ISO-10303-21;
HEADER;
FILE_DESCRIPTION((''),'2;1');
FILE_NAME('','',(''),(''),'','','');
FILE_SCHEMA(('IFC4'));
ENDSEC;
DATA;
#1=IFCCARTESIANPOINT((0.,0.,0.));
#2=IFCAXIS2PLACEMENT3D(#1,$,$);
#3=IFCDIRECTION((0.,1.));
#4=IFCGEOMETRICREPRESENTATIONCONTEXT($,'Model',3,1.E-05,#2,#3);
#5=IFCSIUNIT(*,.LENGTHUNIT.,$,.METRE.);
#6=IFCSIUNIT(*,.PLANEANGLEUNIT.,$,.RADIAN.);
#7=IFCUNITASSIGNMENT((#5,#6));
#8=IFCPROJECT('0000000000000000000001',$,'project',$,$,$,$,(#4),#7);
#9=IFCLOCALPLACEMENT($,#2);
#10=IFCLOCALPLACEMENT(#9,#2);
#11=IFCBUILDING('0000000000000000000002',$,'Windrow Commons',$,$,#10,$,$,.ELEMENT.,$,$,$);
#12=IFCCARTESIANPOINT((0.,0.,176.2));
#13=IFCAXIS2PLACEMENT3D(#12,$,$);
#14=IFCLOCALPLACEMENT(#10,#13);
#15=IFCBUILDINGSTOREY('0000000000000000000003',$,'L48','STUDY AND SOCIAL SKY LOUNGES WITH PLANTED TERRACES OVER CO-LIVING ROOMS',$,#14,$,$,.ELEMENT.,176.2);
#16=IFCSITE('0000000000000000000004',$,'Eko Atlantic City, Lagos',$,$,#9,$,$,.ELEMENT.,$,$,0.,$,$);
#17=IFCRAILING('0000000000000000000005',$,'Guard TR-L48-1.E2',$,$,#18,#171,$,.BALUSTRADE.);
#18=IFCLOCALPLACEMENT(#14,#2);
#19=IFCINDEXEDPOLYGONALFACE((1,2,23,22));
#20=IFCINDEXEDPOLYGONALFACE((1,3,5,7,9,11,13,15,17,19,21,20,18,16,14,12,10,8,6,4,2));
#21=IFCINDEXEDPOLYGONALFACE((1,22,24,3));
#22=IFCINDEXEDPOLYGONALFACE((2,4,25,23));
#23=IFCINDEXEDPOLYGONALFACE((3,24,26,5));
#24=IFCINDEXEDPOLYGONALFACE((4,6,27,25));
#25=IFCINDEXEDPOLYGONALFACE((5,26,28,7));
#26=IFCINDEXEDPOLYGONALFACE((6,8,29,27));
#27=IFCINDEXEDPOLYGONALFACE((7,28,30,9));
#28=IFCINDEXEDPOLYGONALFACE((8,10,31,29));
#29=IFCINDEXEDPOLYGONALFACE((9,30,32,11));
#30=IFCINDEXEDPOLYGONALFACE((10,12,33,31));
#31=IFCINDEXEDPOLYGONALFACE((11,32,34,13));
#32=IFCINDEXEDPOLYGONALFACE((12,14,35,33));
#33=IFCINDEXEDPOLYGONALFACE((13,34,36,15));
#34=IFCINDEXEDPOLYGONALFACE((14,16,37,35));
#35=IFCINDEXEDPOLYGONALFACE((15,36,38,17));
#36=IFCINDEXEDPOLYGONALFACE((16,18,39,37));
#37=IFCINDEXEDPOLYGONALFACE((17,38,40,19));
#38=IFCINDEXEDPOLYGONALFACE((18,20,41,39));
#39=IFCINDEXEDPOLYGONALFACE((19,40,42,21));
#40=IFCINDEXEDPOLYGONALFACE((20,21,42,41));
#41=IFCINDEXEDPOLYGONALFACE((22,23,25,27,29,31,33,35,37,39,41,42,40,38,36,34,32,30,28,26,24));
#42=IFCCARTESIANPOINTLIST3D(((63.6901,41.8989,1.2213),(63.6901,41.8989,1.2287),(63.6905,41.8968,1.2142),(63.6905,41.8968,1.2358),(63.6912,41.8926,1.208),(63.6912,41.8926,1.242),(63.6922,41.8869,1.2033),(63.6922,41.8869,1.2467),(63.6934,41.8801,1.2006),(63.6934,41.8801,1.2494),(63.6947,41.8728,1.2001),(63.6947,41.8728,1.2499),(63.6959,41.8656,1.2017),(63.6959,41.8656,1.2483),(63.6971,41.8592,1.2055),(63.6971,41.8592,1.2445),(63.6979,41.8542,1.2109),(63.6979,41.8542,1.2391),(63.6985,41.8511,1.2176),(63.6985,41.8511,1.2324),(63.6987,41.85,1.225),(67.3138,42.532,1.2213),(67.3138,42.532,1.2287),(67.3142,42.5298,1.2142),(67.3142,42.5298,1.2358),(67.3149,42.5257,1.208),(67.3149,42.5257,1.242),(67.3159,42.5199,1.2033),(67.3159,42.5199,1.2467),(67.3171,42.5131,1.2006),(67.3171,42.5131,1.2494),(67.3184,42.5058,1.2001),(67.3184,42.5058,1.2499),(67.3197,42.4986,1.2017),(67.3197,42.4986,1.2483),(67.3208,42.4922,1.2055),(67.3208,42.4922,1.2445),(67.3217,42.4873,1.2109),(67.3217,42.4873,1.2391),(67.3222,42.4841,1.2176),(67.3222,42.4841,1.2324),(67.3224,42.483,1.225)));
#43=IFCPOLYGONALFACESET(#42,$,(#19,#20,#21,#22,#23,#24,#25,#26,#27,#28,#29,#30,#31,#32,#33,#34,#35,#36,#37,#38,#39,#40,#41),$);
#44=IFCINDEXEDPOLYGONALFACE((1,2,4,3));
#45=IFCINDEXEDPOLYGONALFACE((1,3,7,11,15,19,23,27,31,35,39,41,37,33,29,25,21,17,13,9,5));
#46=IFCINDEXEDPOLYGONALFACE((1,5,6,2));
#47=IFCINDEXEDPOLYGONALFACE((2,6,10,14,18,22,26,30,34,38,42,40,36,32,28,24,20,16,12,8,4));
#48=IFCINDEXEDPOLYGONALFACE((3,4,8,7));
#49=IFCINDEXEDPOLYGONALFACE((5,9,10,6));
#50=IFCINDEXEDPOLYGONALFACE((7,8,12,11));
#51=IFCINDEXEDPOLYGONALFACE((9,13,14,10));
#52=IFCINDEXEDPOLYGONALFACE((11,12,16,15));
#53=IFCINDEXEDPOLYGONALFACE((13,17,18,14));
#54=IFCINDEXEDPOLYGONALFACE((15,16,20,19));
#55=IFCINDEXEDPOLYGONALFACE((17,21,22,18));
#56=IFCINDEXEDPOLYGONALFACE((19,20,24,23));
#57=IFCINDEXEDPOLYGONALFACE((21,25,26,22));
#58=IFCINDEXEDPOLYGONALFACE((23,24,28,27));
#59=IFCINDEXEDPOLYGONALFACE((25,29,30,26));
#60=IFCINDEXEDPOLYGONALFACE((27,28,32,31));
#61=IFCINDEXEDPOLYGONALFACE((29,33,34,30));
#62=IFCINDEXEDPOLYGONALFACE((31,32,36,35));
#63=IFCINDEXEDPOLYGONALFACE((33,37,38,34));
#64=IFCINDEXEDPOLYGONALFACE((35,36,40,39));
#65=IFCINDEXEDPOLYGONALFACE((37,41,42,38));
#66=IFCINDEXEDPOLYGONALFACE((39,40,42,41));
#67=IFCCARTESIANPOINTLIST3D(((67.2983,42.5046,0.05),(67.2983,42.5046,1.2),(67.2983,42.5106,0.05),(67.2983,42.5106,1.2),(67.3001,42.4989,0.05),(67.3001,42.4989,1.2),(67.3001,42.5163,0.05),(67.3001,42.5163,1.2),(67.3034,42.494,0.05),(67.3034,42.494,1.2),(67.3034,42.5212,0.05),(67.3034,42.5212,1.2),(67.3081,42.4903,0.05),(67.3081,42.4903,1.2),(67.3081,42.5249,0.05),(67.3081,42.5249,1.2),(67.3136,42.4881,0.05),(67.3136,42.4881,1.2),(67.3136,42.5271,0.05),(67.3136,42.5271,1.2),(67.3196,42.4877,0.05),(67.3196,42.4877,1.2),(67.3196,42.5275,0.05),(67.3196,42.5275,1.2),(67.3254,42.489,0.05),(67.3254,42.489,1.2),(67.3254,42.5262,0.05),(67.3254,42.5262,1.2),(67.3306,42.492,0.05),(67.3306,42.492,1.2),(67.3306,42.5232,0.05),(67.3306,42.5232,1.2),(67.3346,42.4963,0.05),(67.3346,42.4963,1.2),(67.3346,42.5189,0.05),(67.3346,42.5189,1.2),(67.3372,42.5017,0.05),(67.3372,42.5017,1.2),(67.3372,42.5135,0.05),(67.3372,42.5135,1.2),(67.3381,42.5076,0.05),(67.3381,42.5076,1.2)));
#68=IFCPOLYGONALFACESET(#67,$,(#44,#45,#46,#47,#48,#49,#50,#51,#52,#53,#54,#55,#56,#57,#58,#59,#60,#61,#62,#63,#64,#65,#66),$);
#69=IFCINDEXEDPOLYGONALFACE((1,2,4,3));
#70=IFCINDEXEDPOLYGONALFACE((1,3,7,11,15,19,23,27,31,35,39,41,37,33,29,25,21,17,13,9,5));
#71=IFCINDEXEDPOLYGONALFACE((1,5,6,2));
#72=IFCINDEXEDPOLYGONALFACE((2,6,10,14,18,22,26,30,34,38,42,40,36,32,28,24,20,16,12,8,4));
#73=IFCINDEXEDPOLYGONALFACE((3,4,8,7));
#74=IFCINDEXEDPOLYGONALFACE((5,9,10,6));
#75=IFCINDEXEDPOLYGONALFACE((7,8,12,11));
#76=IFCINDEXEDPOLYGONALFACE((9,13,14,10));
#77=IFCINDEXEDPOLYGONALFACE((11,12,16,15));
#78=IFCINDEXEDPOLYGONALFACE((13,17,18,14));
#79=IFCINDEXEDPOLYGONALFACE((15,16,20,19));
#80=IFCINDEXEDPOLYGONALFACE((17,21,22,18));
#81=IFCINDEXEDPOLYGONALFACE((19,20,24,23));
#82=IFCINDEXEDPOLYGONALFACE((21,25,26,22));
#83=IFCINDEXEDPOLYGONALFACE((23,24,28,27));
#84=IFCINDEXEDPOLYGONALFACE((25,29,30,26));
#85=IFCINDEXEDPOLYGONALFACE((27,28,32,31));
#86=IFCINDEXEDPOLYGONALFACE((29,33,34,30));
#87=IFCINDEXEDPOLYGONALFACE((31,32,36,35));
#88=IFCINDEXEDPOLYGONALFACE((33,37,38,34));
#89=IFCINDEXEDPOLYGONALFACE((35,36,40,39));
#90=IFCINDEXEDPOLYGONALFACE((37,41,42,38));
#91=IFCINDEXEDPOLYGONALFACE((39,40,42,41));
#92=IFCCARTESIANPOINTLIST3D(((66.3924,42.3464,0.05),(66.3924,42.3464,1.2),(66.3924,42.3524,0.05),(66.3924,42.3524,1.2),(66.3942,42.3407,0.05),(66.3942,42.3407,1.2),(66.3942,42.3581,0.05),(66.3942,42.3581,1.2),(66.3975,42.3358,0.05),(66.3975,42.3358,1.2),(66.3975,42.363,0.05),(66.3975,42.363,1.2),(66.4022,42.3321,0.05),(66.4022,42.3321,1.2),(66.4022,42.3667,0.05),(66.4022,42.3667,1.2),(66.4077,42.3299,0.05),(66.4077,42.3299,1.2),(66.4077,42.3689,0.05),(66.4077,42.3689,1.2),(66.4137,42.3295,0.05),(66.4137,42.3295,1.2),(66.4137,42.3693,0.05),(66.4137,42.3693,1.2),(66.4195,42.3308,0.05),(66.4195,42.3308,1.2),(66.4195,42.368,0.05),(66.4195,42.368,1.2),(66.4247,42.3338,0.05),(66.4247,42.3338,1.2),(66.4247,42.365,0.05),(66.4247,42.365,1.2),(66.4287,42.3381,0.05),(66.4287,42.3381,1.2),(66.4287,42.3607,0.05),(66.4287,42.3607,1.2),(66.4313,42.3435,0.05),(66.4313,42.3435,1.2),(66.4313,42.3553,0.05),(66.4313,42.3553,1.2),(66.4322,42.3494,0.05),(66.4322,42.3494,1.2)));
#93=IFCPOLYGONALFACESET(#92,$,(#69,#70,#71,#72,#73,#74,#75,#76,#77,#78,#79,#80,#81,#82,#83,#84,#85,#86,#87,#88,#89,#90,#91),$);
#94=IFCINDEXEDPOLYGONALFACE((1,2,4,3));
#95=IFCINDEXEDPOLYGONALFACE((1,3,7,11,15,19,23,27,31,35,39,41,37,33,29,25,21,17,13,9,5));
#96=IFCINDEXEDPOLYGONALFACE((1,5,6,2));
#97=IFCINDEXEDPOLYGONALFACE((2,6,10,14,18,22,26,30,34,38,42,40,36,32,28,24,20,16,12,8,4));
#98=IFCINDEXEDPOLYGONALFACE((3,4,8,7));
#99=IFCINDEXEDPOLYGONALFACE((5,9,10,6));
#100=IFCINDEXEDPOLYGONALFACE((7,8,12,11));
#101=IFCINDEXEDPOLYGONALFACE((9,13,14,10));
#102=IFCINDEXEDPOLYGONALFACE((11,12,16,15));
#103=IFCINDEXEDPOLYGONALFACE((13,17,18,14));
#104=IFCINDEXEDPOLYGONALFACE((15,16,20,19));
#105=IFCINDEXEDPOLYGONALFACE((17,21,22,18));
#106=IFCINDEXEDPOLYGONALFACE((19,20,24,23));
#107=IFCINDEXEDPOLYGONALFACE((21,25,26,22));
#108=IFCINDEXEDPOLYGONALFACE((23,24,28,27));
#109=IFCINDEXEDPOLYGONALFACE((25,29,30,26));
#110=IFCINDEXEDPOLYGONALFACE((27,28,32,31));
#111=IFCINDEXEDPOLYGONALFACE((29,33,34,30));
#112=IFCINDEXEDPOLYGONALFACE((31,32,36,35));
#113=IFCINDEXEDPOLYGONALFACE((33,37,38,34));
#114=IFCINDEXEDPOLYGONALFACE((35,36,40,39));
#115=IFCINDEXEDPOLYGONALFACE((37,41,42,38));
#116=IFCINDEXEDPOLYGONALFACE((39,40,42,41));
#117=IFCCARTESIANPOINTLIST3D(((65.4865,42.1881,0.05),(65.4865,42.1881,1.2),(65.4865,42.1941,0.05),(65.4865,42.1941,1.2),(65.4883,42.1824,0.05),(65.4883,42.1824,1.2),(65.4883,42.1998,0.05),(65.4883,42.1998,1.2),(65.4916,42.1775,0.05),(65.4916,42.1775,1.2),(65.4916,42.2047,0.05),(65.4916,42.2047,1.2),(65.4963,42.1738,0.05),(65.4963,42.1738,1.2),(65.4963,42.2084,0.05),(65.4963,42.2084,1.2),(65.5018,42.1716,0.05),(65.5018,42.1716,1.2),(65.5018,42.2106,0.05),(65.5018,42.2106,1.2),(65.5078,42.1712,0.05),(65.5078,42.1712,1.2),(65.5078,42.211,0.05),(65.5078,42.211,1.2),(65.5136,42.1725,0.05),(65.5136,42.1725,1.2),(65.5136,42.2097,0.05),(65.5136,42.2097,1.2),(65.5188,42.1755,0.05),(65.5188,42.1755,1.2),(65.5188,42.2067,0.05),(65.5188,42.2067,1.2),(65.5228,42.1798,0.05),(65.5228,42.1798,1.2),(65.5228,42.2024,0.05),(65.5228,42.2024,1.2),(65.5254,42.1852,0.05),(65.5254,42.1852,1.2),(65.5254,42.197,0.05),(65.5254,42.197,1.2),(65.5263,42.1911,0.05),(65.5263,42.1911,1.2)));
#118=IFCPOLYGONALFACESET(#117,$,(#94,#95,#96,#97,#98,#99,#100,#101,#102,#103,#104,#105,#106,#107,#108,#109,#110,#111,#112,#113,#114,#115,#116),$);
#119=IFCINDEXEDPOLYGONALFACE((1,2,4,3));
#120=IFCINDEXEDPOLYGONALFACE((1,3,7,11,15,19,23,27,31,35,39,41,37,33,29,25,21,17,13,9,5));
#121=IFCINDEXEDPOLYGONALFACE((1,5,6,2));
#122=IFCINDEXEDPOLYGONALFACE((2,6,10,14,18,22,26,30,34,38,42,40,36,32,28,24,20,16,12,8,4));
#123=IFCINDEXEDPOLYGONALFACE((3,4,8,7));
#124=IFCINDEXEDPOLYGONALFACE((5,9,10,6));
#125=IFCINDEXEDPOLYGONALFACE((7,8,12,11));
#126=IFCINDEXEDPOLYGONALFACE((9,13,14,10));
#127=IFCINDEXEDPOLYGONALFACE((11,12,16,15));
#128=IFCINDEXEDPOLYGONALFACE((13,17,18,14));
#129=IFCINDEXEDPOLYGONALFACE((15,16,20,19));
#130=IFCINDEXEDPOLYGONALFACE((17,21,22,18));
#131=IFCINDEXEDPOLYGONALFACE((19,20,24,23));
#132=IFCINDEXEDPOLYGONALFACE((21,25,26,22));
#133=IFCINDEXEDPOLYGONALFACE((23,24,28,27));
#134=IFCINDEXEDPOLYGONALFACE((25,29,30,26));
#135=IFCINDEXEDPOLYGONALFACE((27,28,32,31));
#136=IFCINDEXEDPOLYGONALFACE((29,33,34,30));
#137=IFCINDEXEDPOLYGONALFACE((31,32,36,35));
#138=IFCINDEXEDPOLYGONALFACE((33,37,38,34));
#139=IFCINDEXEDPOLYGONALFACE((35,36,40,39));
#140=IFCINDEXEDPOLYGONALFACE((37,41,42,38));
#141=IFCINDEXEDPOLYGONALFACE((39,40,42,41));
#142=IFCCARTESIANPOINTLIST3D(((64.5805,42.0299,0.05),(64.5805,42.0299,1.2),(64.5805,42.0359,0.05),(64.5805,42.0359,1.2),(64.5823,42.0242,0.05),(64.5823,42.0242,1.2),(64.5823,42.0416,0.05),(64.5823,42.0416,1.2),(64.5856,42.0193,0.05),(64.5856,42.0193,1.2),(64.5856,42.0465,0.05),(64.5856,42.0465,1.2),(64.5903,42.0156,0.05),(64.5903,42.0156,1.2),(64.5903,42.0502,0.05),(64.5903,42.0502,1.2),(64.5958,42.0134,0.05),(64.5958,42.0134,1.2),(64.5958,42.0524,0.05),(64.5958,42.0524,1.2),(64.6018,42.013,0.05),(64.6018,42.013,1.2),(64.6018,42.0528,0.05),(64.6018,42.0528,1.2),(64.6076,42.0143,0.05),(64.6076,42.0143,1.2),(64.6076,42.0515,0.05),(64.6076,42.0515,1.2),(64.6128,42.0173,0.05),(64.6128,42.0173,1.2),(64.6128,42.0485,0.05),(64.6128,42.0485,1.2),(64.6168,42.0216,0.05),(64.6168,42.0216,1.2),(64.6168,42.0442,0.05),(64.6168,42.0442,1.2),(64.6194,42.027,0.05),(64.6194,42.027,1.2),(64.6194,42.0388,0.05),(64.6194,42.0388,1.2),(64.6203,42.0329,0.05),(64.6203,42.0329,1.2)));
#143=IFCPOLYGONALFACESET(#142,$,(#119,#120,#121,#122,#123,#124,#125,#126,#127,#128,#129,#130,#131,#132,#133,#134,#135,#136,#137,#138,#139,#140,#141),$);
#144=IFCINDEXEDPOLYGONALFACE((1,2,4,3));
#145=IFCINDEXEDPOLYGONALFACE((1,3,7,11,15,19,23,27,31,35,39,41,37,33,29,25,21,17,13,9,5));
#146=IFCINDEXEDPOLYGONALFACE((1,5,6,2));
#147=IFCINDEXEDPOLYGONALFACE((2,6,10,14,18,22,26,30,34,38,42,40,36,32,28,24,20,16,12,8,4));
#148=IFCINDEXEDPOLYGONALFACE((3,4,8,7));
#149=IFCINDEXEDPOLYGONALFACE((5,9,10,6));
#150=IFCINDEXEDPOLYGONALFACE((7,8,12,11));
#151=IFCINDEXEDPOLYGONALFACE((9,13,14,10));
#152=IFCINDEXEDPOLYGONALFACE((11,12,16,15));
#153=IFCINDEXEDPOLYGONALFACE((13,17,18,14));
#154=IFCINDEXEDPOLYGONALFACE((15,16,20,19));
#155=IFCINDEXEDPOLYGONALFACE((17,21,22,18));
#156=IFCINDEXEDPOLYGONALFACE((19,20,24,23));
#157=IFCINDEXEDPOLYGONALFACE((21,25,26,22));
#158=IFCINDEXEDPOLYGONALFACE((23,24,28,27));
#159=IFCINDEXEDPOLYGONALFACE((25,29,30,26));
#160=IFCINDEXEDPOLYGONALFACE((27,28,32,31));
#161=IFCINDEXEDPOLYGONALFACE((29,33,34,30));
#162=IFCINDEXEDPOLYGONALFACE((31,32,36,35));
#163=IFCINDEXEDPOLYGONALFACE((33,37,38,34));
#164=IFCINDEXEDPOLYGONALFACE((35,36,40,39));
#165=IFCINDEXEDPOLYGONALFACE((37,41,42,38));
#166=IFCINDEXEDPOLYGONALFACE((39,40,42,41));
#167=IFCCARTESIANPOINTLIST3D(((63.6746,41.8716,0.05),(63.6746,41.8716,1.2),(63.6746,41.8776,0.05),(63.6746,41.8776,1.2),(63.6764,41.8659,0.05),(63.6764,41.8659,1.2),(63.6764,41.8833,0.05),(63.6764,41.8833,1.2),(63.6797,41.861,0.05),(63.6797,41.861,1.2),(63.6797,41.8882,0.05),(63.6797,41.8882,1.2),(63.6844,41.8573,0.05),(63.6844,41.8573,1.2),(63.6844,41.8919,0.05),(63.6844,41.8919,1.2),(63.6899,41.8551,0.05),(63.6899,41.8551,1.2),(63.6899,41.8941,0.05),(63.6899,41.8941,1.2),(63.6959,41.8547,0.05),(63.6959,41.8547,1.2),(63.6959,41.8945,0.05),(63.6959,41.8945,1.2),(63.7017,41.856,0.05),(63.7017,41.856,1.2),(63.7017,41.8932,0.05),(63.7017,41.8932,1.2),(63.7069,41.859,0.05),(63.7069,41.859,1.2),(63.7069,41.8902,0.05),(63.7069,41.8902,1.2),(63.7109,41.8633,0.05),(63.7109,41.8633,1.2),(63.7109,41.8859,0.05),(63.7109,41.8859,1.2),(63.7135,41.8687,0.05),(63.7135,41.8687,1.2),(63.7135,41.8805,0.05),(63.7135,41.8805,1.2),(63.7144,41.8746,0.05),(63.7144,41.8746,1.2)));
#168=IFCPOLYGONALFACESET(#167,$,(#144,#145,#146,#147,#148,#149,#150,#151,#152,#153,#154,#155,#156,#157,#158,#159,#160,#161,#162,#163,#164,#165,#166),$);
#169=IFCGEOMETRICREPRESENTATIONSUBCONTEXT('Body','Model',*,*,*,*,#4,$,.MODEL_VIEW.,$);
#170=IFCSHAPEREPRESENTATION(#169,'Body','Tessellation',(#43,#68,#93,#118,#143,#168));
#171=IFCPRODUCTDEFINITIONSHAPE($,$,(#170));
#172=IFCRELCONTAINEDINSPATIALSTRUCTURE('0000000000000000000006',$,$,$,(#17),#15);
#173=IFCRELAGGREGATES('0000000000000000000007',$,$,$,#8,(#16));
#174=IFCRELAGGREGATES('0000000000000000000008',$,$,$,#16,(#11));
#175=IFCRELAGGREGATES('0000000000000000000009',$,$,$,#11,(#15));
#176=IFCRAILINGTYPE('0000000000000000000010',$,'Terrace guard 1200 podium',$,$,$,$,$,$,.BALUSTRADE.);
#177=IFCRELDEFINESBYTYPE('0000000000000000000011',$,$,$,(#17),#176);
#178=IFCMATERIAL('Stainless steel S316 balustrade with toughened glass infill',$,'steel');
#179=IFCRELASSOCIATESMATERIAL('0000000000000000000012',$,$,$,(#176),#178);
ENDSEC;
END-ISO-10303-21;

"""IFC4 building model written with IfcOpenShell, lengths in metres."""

from ifc_helpers import new_model, si_unit, direction, frame, origin, origin_2d, place, context, subcontext, project, spatial, circle, extrude, material, type_object, element, save


model = new_model("IFC4")

# Units and contexts
model_context = context("Model", 3, precision=1e-05, world=origin(), true_north=direction((0.0, 1.0)))
body_context = subcontext(model_context, "Body", "Model", "MODEL_VIEW")
ifc_project = project(units=[si_unit("LENGTHUNIT", "METRE"), si_unit("PLANEANGLEUNIT", "RADIAN")], contexts=[model_context])

# Site, building, storey
site_placement = place(None, origin())
site = spatial("IfcSite", under=ifc_project, at=site_placement, Name="Eko Atlantic City, Lagos", CompositionType="ELEMENT", RefElevation=0.0)
building_placement = place(site_placement, origin())
building = spatial("IfcBuilding", under=site, at=building_placement, Name="Windrow Commons", CompositionType="ELEMENT")
storey_placement = place(building_placement, frame((0.0, 0.0, 176.2)))
storey = spatial("IfcBuildingStorey", under=building, at=storey_placement, Name="L48", Description="STUDY AND SOCIAL SKY LOUNGES WITH PLANTED TERRACES OVER CO-LIVING ROOMS", CompositionType="ELEMENT", Elevation=176.2)

# Railing
ifc_material_1 = material(Name="Stainless steel S316 balustrade with toughened glass infill", Category="steel")
railing_type = type_object("IfcRailingType", Name="Terrace guard 1200 podium", PredefinedType="BALUSTRADE", material=ifc_material_1)
railing_1_placement = place(storey_placement, frame((67.3181, 42.5076, 0.05)))
element("IfcRailing", 1, at=railing_1_placement, inside=storey, type_object=railing_type, Name="Guard TR-L48-1.E2", PredefinedType="BALUSTRADE", context=body_context, shape_type="SweptSolid", body=[
    extrude(circle(Radius=0.025, at=origin_2d()), frame((0.0, 0.0, 1.175), z_axis=(-0.985083, -0.172078, 0.0), x_axis=(0.172078, -0.985083, 0.0)), (0.0, 0.0, 1.0), 3.6786),
    extrude(circle(Radius=0.02, at=origin_2d()), origin(), (0.0, 0.0, 1.0), 1.15),
    extrude(circle(Radius=0.02, at=origin_2d()), frame((-0.9059, -0.1582, 0.0)), (0.0, 0.0, 1.0), 1.15),
    extrude(circle(Radius=0.02, at=origin_2d()), frame((-1.8118, -0.3165, 0.0)), (0.0, 0.0, 1.0), 1.15),
    extrude(circle(Radius=0.02, at=origin_2d()), frame((-2.7178, -0.4747, 0.0)), (0.0, 0.0, 1.0), 1.15),
    extrude(circle(Radius=0.02, at=origin_2d()), frame((-3.6237, -0.633, 0.0)), (0.0, 0.0, 1.0), 1.15),
])

save(model, "model.ifc")
